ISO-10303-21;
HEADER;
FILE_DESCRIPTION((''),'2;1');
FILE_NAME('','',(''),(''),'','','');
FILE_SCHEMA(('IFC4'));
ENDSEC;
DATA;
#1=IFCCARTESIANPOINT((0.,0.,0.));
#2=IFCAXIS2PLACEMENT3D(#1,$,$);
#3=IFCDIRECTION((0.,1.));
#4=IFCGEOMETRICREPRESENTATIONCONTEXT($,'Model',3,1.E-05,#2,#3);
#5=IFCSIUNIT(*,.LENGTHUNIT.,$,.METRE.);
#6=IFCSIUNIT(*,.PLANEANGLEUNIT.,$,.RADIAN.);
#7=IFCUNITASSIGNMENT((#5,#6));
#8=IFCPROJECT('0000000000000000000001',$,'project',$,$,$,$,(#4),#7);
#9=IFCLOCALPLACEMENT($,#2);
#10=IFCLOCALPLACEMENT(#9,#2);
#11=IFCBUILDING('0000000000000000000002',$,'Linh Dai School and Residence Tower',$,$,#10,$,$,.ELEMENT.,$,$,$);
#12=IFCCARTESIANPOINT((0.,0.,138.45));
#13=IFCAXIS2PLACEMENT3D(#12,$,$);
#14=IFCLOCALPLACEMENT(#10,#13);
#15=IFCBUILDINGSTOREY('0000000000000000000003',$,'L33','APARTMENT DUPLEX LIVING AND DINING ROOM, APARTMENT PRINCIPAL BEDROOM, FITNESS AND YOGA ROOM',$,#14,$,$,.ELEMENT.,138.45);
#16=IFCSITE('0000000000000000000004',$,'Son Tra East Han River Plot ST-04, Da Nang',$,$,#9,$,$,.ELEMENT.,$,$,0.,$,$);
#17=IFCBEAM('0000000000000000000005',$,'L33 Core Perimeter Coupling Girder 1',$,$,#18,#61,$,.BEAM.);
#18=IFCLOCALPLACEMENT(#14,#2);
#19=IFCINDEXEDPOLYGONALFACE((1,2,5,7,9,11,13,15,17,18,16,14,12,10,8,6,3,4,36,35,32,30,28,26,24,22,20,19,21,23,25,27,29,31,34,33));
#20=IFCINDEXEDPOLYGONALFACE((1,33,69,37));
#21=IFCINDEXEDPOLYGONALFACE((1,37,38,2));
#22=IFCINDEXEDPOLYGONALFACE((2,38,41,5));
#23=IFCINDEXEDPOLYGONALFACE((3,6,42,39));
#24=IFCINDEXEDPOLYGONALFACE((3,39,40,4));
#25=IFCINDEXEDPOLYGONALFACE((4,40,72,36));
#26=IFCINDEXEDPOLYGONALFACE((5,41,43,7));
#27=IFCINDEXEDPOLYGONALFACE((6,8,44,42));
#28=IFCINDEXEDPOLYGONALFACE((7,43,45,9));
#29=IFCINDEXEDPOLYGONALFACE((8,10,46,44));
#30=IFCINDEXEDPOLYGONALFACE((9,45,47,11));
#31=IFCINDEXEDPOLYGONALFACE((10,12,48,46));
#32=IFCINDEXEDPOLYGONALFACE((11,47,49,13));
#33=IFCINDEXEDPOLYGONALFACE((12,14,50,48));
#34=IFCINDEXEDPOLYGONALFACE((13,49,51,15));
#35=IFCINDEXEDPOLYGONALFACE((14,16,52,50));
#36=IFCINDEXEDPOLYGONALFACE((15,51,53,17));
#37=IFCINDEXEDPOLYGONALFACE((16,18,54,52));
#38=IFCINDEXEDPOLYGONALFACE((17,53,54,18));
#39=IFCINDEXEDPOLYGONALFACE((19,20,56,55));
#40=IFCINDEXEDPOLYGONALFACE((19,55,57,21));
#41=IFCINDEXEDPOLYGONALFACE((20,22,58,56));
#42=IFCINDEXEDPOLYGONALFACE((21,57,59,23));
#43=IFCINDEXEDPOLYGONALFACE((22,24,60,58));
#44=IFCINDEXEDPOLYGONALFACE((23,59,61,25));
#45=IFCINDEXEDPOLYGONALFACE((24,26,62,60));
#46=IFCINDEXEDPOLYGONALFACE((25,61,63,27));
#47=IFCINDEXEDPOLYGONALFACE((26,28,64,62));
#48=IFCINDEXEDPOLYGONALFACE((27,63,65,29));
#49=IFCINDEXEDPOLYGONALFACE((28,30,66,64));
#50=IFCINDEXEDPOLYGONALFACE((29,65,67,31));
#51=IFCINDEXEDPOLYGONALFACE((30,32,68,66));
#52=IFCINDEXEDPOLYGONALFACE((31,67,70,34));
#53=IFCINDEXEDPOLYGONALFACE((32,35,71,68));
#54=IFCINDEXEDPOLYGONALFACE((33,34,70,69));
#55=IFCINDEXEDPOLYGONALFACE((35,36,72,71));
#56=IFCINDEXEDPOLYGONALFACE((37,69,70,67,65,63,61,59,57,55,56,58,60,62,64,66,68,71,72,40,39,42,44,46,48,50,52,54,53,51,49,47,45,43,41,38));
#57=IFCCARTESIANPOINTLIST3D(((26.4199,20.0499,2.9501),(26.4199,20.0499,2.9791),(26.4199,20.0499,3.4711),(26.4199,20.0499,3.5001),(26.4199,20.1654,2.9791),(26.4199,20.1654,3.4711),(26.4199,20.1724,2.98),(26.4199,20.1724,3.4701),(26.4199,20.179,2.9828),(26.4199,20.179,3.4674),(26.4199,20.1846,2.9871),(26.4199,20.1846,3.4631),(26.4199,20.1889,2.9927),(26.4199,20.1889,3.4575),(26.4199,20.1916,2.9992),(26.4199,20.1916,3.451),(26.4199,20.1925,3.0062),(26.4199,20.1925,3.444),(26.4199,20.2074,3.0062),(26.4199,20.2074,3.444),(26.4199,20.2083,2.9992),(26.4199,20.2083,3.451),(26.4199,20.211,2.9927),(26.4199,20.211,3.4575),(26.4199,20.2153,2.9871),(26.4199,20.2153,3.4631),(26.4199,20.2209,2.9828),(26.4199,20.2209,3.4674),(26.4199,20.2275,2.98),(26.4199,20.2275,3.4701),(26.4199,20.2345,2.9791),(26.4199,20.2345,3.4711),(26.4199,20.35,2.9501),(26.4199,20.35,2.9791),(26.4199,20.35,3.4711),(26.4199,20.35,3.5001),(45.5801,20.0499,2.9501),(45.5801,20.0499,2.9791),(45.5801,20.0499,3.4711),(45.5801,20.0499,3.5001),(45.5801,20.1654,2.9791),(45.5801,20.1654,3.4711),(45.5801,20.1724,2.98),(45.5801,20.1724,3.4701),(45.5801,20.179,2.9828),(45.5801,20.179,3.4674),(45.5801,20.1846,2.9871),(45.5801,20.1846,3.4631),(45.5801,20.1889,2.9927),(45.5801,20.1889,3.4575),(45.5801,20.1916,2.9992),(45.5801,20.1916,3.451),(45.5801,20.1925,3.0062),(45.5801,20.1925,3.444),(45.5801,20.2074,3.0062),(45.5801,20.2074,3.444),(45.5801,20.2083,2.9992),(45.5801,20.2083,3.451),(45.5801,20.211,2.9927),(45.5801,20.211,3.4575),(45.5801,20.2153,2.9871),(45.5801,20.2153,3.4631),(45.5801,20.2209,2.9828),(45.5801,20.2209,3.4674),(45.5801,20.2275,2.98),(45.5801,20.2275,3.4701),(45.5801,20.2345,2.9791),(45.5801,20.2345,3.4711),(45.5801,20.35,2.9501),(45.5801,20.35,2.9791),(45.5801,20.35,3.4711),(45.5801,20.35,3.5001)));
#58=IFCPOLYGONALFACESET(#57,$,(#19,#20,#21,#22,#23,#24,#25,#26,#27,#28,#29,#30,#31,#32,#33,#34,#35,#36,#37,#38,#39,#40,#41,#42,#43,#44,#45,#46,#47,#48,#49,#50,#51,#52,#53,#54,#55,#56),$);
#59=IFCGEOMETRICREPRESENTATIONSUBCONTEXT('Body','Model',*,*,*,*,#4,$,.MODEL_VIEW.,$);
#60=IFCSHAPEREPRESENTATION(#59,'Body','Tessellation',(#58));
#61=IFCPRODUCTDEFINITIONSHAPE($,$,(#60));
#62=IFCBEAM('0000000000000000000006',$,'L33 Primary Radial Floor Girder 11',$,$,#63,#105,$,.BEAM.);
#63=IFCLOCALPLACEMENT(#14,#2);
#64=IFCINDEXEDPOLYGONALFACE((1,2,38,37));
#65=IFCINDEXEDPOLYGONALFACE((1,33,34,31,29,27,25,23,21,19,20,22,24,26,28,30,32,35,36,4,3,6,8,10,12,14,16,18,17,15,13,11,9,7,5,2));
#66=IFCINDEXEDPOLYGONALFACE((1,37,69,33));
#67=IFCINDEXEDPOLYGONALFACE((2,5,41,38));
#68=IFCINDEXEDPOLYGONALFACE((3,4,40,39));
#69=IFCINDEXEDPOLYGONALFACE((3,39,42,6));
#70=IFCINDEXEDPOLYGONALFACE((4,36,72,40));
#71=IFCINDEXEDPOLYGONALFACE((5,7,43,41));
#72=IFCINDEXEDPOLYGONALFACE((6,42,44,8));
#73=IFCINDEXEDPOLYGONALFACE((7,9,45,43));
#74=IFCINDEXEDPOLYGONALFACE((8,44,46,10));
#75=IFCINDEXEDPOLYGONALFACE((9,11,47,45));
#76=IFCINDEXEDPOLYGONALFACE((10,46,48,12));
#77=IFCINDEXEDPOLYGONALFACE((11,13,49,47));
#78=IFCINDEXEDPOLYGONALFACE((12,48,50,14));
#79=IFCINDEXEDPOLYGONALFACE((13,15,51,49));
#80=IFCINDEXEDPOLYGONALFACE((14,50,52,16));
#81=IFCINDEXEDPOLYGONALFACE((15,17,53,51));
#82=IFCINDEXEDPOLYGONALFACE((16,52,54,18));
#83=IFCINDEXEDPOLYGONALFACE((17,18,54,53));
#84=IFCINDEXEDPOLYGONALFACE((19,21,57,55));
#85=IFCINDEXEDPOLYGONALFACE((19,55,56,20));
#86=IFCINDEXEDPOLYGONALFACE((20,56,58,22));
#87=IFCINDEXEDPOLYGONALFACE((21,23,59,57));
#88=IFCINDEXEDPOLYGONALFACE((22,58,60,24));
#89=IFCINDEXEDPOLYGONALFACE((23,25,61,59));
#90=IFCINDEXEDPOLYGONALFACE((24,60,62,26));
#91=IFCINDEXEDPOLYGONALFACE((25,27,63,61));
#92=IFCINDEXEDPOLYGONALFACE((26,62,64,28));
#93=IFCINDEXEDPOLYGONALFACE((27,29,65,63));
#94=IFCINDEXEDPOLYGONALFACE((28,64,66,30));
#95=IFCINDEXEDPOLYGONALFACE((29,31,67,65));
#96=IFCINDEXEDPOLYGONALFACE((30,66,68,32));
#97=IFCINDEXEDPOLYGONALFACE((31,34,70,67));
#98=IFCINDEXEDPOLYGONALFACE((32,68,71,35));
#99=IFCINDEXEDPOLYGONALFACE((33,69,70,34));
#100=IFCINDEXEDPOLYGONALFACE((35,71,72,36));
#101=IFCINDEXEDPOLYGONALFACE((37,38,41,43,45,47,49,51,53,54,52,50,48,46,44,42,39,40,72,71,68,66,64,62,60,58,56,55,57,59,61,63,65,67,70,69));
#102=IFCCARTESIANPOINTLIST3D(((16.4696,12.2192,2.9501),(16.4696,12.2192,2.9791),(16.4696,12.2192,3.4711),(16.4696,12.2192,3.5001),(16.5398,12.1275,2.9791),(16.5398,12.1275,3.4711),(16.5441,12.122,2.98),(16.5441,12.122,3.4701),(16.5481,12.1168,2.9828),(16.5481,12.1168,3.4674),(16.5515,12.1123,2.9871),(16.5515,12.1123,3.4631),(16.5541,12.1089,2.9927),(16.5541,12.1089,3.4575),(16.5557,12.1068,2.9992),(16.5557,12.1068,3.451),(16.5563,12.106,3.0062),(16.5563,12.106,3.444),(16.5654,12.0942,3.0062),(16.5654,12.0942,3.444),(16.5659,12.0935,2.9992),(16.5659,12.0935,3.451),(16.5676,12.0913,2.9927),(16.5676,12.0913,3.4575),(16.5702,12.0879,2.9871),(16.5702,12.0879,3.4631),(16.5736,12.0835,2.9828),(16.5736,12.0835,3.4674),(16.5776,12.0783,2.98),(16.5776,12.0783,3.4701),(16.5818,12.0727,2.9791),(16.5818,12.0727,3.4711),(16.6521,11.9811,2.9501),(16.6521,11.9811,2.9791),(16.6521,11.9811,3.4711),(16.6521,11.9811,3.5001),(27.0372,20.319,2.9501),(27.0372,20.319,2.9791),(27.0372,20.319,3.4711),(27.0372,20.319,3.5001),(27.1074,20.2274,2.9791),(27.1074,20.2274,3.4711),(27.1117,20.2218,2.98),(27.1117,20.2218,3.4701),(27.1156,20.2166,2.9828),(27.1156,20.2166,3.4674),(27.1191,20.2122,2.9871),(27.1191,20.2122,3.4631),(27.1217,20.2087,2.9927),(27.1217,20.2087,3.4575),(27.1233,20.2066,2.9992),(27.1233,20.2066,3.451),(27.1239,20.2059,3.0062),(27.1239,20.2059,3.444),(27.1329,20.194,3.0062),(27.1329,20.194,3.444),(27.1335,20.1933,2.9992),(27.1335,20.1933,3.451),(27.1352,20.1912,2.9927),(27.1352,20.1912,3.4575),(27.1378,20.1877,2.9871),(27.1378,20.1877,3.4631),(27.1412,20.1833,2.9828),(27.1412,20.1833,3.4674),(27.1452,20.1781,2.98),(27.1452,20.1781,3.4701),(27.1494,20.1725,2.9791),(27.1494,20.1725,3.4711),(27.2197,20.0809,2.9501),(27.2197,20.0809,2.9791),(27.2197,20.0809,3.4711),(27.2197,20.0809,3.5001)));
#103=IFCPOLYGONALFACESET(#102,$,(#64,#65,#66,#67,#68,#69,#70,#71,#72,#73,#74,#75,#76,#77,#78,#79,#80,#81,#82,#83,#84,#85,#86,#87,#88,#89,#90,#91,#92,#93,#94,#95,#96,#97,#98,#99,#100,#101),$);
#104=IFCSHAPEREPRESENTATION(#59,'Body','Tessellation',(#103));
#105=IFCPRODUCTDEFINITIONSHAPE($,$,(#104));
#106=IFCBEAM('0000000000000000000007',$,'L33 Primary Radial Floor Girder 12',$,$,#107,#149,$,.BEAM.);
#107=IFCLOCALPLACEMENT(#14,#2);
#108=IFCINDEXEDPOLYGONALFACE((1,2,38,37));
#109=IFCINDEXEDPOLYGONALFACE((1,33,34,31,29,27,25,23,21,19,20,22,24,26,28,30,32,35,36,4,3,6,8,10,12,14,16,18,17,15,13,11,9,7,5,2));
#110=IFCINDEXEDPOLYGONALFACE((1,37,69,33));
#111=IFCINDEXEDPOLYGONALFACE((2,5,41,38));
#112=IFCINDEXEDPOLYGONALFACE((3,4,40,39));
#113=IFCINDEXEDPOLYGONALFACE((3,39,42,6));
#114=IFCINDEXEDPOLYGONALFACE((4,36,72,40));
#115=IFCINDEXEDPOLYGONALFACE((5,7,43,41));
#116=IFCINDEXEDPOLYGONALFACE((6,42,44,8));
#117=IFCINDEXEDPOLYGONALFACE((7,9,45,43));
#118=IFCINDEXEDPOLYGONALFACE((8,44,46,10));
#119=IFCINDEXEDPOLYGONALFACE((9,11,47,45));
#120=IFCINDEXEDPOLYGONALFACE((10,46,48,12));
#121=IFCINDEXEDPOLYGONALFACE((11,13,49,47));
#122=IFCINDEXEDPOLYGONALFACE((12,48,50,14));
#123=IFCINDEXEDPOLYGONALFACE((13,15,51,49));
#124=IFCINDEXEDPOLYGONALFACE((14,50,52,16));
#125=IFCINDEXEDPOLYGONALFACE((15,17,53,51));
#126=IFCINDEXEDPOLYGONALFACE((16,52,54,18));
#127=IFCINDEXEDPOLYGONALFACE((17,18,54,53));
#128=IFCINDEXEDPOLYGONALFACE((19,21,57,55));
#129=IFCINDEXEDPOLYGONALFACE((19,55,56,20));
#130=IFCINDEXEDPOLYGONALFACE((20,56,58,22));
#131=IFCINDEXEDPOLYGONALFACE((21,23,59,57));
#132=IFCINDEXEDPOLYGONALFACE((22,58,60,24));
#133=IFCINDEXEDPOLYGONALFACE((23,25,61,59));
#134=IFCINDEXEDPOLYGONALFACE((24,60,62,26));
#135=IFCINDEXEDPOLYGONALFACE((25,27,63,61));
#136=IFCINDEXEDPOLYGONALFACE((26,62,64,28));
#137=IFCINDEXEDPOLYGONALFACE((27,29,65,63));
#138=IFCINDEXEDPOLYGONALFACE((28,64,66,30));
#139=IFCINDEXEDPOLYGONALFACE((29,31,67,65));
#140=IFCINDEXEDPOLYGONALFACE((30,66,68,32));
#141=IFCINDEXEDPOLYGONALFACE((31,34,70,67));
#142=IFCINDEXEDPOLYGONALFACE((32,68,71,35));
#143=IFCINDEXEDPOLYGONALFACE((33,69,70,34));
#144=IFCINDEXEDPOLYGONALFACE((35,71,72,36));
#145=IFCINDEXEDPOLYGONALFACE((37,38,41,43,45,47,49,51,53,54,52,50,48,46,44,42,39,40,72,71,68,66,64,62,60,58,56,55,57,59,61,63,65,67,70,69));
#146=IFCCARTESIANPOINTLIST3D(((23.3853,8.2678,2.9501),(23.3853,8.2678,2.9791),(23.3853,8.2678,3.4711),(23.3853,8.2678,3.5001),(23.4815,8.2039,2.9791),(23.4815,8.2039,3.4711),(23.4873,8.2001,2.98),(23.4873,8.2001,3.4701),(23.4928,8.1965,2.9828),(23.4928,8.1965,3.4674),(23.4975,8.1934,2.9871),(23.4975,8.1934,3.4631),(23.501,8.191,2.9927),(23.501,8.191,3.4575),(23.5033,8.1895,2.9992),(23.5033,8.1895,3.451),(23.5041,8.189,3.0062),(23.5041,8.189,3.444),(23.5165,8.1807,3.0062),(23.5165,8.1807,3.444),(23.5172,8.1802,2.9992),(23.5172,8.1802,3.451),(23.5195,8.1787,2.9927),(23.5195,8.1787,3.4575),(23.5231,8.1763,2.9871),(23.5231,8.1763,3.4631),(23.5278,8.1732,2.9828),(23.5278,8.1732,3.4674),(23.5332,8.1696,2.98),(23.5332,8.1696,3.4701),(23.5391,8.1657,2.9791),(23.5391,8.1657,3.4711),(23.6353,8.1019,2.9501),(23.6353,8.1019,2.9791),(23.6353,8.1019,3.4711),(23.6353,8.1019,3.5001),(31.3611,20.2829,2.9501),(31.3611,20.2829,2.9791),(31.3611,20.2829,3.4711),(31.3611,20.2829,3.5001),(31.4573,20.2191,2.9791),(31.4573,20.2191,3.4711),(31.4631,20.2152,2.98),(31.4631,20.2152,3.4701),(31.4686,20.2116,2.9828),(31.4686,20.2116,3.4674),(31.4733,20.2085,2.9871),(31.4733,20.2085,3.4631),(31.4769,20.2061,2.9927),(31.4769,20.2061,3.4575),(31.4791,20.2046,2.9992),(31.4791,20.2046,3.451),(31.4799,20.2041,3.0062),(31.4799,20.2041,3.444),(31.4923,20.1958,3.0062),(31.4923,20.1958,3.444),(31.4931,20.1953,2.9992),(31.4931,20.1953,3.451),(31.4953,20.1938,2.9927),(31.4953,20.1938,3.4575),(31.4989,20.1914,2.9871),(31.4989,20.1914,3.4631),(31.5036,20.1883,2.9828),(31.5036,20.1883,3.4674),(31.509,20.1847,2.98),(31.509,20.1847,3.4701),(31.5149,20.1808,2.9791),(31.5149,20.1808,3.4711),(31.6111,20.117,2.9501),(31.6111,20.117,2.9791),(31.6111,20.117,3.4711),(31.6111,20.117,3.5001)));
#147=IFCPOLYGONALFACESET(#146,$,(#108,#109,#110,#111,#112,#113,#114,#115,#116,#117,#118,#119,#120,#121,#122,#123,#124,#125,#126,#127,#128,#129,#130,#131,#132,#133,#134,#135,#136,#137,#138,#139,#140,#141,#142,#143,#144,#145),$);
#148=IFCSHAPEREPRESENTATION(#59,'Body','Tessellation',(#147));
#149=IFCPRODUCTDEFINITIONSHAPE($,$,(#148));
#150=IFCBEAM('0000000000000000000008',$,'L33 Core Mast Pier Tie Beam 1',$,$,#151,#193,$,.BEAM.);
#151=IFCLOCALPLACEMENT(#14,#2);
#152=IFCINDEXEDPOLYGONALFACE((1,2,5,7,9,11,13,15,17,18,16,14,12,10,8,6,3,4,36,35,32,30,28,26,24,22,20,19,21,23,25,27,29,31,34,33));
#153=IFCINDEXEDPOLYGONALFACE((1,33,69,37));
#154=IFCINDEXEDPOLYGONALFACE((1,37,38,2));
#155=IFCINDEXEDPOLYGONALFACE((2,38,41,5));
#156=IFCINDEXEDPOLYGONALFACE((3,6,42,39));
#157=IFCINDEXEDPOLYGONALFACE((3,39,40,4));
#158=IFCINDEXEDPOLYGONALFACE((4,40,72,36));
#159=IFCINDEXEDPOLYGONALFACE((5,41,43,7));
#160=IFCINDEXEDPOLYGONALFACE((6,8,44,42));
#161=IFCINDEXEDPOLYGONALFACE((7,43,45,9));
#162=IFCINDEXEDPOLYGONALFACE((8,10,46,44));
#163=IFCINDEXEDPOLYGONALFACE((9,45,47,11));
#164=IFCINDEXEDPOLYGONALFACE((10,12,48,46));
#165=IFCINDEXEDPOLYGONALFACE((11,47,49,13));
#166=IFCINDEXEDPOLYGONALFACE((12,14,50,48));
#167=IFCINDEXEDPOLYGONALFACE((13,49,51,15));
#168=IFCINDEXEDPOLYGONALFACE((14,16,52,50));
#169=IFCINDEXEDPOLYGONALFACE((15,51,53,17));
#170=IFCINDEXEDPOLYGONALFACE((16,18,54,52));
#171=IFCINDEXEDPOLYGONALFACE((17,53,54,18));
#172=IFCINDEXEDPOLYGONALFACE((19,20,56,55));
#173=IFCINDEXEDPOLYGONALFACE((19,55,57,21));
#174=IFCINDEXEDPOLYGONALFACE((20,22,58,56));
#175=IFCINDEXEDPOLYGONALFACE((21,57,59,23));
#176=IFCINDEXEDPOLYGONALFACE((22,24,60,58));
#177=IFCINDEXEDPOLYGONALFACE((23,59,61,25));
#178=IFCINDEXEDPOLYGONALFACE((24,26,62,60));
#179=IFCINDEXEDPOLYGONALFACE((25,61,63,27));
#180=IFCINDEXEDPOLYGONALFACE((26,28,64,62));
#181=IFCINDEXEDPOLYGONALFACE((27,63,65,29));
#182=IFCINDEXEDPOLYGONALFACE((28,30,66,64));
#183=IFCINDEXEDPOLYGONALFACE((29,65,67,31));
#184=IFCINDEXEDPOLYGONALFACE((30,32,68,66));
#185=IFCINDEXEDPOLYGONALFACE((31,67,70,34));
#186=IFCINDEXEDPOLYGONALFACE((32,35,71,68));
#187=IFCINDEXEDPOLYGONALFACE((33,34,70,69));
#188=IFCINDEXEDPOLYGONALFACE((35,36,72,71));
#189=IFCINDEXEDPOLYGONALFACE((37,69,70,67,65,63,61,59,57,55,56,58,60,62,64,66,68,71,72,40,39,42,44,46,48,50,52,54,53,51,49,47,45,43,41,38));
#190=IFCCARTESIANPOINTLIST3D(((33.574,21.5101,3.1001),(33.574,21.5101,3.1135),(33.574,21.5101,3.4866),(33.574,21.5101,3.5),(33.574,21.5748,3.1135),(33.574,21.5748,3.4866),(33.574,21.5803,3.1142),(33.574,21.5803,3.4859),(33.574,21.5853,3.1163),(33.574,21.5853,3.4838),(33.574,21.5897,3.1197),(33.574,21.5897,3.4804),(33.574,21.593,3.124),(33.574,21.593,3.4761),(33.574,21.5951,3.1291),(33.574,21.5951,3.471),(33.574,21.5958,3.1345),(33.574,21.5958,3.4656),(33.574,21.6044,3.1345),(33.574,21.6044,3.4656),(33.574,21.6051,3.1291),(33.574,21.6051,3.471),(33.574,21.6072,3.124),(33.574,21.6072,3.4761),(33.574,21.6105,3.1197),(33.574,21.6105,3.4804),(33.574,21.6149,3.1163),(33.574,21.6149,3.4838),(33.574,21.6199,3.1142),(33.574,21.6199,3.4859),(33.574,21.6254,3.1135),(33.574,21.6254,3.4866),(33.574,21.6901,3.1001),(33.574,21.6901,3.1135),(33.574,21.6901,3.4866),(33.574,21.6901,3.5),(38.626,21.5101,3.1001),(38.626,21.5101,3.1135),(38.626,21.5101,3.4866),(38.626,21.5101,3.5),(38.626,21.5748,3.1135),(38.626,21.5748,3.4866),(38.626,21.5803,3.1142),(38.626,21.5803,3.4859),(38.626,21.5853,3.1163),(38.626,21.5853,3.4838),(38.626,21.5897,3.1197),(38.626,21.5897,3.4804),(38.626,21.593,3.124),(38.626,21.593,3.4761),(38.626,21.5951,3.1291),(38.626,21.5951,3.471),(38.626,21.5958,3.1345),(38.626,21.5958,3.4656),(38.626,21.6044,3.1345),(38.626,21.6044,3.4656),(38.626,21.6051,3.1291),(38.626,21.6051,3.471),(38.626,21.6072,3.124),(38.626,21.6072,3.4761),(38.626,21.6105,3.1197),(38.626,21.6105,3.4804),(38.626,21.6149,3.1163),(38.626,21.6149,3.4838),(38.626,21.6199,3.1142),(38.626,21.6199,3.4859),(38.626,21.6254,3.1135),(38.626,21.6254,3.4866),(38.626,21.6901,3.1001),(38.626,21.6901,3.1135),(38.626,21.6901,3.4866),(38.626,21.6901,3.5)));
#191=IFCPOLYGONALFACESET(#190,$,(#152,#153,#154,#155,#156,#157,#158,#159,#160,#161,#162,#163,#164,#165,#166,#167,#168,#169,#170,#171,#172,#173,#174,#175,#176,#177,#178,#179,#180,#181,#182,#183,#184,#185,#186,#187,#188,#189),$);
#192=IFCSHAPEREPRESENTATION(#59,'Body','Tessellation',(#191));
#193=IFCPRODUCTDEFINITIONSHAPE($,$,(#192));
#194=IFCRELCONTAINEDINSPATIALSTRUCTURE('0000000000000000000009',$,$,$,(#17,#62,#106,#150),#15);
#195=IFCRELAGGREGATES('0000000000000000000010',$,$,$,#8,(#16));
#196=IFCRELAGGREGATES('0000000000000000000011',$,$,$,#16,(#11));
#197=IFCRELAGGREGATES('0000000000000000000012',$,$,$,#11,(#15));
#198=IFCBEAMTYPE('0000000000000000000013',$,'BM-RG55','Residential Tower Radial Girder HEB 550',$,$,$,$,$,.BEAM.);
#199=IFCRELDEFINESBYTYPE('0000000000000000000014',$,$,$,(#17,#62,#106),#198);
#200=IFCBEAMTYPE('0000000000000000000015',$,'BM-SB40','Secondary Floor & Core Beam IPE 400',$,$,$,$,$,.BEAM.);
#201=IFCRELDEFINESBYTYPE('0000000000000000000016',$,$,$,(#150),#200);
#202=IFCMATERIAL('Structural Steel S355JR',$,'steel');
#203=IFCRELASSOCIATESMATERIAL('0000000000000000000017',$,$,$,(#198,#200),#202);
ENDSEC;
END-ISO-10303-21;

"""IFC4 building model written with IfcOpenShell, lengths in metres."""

from ifc_helpers import new_model, si_unit, direction, frame, origin, origin_2d, place, context, subcontext, project, spatial, i_section, extrude, material, material_profile, profile_set, type_object, element, save


model = new_model("IFC4")

# Units and contexts
model_context = context("Model", 3, precision=1e-05, world=origin(), true_north=direction((0.0, 1.0)))
body_context = subcontext(model_context, "Body", "Model", "MODEL_VIEW")
ifc_project = project(units=[si_unit("LENGTHUNIT", "METRE"), si_unit("PLANEANGLEUNIT", "RADIAN")], contexts=[model_context])

# Site, building, storey
site_placement = place(None, origin())
site = spatial("IfcSite", under=ifc_project, at=site_placement, Name="Son Tra East Han River Plot ST-04, Da Nang", CompositionType="ELEMENT", RefElevation=0.0)
building_placement = place(site_placement, origin())
building = spatial("IfcBuilding", under=site, at=building_placement, Name="Linh Dai School and Residence Tower", CompositionType="ELEMENT")
storey_placement = place(building_placement, frame((0.0, 0.0, 138.45)))
storey = spatial("IfcBuildingStorey", under=building, at=storey_placement, Name="L33", Description="APARTMENT DUPLEX LIVING AND DINING ROOM, APARTMENT PRINCIPAL BEDROOM, FITNESS AND YOGA ROOM", CompositionType="ELEMENT", Elevation=138.45)

# Shared definitions
ifc_material_1 = material(Name="Structural Steel S355JR", Category="steel")

# Beams
ifc_material_profile_1 = material_profile(ifc_material_1, i_section(OverallWidth=0.3, OverallDepth=0.55, WebThickness=0.0149, FlangeThickness=0.0291, FilletRadius=0.0271, at=origin_2d()), Name="HEB 550")
ifc_profile_set_1 = profile_set([ifc_material_profile_1], Name="Structural Steel S355JR")
beam_type_1 = type_object("IfcBeamType", Name="BM-RG55", Description="Residential Tower Radial Girder HEB 550", PredefinedType="BEAM", material=ifc_profile_set_1)
beam_1_placement = place(storey_placement, frame((26.4199, 20.2, 3.2251), z_axis=(1.0, 0.0, 0.0), x_axis=(0.0, 1.0, 0.0)))
element("IfcBeam", 1, at=beam_1_placement, inside=storey, type_object=beam_type_1, Name="L33 Core Perimeter Coupling Girder 1", PredefinedType="BEAM", context=body_context, shape_type="SweptSolid", body=[
    extrude(i_section(OverallWidth=0.3, OverallDepth=0.55, WebThickness=0.0149, FlangeThickness=0.0291, FilletRadius=0.0271, at=origin_2d()), origin(), (0.0, 0.0, 1.0), 19.1602),
])
beam_2_placement = place(storey_placement, frame((27.1284, 20.2, 3.2251), z_axis=(-0.793679, -0.608337, 0.0), x_axis=(0.608337, -0.793679, 0.0)))
element("IfcBeam", 2, at=beam_2_placement, inside=storey, type_object=beam_type_1, Name="L33 Primary Radial Floor Girder 11", PredefinedType="BEAM", context=body_context, shape_type="SweptSolid", body=[
    extrude(i_section(OverallWidth=0.3, OverallDepth=0.55, WebThickness=0.0149, FlangeThickness=0.0291, FilletRadius=0.0271, at=origin_2d()), origin(), (0.0, 0.0, 1.0), 13.3147),
])
beam_3_placement = place(storey_placement, frame((31.4861, 20.2, 3.2251), z_axis=(-0.553054, -0.833145, 0.0), x_axis=(0.833145, -0.553054, 0.0)))
element("IfcBeam", 3, at=beam_3_placement, inside=storey, type_object=beam_type_1, Name="L33 Primary Radial Floor Girder 12", PredefinedType="BEAM", context=body_context, shape_type="SweptSolid", body=[
    extrude(i_section(OverallWidth=0.3, OverallDepth=0.55, WebThickness=0.0149, FlangeThickness=0.0291, FilletRadius=0.0271, at=origin_2d()), origin(), (0.0, 0.0, 1.0), 14.4214),
])
ifc_material_profile_2 = material_profile(ifc_material_1, i_section(OverallWidth=0.1799, OverallDepth=0.3999, WebThickness=0.0085, FlangeThickness=0.0134, FilletRadius=0.021, at=origin_2d()), Name="IPE 400")
ifc_profile_set_2 = profile_set([ifc_material_profile_2], Name="Structural Steel S355JR")
beam_type_2 = type_object("IfcBeamType", Name="BM-SB40", Description="Secondary Floor & Core Beam IPE 400", PredefinedType="BEAM", material=ifc_profile_set_2)
beam_4_placement = place(storey_placement, frame((33.574, 21.6001, 3.3), z_axis=(1.0, 0.0, 0.0), x_axis=(0.0, 1.0, 0.0)))
element("IfcBeam", 4, at=beam_4_placement, inside=storey, type_object=beam_type_2, Name="L33 Core Mast Pier Tie Beam 1", PredefinedType="BEAM", context=body_context, shape_type="SweptSolid", body=[
    extrude(i_section(OverallWidth=0.1799, OverallDepth=0.3999, WebThickness=0.0085, FlangeThickness=0.0134, FilletRadius=0.021, at=origin_2d()), origin(), (0.0, 0.0, 1.0), 5.052),
])

save(model, "model.ifc")
